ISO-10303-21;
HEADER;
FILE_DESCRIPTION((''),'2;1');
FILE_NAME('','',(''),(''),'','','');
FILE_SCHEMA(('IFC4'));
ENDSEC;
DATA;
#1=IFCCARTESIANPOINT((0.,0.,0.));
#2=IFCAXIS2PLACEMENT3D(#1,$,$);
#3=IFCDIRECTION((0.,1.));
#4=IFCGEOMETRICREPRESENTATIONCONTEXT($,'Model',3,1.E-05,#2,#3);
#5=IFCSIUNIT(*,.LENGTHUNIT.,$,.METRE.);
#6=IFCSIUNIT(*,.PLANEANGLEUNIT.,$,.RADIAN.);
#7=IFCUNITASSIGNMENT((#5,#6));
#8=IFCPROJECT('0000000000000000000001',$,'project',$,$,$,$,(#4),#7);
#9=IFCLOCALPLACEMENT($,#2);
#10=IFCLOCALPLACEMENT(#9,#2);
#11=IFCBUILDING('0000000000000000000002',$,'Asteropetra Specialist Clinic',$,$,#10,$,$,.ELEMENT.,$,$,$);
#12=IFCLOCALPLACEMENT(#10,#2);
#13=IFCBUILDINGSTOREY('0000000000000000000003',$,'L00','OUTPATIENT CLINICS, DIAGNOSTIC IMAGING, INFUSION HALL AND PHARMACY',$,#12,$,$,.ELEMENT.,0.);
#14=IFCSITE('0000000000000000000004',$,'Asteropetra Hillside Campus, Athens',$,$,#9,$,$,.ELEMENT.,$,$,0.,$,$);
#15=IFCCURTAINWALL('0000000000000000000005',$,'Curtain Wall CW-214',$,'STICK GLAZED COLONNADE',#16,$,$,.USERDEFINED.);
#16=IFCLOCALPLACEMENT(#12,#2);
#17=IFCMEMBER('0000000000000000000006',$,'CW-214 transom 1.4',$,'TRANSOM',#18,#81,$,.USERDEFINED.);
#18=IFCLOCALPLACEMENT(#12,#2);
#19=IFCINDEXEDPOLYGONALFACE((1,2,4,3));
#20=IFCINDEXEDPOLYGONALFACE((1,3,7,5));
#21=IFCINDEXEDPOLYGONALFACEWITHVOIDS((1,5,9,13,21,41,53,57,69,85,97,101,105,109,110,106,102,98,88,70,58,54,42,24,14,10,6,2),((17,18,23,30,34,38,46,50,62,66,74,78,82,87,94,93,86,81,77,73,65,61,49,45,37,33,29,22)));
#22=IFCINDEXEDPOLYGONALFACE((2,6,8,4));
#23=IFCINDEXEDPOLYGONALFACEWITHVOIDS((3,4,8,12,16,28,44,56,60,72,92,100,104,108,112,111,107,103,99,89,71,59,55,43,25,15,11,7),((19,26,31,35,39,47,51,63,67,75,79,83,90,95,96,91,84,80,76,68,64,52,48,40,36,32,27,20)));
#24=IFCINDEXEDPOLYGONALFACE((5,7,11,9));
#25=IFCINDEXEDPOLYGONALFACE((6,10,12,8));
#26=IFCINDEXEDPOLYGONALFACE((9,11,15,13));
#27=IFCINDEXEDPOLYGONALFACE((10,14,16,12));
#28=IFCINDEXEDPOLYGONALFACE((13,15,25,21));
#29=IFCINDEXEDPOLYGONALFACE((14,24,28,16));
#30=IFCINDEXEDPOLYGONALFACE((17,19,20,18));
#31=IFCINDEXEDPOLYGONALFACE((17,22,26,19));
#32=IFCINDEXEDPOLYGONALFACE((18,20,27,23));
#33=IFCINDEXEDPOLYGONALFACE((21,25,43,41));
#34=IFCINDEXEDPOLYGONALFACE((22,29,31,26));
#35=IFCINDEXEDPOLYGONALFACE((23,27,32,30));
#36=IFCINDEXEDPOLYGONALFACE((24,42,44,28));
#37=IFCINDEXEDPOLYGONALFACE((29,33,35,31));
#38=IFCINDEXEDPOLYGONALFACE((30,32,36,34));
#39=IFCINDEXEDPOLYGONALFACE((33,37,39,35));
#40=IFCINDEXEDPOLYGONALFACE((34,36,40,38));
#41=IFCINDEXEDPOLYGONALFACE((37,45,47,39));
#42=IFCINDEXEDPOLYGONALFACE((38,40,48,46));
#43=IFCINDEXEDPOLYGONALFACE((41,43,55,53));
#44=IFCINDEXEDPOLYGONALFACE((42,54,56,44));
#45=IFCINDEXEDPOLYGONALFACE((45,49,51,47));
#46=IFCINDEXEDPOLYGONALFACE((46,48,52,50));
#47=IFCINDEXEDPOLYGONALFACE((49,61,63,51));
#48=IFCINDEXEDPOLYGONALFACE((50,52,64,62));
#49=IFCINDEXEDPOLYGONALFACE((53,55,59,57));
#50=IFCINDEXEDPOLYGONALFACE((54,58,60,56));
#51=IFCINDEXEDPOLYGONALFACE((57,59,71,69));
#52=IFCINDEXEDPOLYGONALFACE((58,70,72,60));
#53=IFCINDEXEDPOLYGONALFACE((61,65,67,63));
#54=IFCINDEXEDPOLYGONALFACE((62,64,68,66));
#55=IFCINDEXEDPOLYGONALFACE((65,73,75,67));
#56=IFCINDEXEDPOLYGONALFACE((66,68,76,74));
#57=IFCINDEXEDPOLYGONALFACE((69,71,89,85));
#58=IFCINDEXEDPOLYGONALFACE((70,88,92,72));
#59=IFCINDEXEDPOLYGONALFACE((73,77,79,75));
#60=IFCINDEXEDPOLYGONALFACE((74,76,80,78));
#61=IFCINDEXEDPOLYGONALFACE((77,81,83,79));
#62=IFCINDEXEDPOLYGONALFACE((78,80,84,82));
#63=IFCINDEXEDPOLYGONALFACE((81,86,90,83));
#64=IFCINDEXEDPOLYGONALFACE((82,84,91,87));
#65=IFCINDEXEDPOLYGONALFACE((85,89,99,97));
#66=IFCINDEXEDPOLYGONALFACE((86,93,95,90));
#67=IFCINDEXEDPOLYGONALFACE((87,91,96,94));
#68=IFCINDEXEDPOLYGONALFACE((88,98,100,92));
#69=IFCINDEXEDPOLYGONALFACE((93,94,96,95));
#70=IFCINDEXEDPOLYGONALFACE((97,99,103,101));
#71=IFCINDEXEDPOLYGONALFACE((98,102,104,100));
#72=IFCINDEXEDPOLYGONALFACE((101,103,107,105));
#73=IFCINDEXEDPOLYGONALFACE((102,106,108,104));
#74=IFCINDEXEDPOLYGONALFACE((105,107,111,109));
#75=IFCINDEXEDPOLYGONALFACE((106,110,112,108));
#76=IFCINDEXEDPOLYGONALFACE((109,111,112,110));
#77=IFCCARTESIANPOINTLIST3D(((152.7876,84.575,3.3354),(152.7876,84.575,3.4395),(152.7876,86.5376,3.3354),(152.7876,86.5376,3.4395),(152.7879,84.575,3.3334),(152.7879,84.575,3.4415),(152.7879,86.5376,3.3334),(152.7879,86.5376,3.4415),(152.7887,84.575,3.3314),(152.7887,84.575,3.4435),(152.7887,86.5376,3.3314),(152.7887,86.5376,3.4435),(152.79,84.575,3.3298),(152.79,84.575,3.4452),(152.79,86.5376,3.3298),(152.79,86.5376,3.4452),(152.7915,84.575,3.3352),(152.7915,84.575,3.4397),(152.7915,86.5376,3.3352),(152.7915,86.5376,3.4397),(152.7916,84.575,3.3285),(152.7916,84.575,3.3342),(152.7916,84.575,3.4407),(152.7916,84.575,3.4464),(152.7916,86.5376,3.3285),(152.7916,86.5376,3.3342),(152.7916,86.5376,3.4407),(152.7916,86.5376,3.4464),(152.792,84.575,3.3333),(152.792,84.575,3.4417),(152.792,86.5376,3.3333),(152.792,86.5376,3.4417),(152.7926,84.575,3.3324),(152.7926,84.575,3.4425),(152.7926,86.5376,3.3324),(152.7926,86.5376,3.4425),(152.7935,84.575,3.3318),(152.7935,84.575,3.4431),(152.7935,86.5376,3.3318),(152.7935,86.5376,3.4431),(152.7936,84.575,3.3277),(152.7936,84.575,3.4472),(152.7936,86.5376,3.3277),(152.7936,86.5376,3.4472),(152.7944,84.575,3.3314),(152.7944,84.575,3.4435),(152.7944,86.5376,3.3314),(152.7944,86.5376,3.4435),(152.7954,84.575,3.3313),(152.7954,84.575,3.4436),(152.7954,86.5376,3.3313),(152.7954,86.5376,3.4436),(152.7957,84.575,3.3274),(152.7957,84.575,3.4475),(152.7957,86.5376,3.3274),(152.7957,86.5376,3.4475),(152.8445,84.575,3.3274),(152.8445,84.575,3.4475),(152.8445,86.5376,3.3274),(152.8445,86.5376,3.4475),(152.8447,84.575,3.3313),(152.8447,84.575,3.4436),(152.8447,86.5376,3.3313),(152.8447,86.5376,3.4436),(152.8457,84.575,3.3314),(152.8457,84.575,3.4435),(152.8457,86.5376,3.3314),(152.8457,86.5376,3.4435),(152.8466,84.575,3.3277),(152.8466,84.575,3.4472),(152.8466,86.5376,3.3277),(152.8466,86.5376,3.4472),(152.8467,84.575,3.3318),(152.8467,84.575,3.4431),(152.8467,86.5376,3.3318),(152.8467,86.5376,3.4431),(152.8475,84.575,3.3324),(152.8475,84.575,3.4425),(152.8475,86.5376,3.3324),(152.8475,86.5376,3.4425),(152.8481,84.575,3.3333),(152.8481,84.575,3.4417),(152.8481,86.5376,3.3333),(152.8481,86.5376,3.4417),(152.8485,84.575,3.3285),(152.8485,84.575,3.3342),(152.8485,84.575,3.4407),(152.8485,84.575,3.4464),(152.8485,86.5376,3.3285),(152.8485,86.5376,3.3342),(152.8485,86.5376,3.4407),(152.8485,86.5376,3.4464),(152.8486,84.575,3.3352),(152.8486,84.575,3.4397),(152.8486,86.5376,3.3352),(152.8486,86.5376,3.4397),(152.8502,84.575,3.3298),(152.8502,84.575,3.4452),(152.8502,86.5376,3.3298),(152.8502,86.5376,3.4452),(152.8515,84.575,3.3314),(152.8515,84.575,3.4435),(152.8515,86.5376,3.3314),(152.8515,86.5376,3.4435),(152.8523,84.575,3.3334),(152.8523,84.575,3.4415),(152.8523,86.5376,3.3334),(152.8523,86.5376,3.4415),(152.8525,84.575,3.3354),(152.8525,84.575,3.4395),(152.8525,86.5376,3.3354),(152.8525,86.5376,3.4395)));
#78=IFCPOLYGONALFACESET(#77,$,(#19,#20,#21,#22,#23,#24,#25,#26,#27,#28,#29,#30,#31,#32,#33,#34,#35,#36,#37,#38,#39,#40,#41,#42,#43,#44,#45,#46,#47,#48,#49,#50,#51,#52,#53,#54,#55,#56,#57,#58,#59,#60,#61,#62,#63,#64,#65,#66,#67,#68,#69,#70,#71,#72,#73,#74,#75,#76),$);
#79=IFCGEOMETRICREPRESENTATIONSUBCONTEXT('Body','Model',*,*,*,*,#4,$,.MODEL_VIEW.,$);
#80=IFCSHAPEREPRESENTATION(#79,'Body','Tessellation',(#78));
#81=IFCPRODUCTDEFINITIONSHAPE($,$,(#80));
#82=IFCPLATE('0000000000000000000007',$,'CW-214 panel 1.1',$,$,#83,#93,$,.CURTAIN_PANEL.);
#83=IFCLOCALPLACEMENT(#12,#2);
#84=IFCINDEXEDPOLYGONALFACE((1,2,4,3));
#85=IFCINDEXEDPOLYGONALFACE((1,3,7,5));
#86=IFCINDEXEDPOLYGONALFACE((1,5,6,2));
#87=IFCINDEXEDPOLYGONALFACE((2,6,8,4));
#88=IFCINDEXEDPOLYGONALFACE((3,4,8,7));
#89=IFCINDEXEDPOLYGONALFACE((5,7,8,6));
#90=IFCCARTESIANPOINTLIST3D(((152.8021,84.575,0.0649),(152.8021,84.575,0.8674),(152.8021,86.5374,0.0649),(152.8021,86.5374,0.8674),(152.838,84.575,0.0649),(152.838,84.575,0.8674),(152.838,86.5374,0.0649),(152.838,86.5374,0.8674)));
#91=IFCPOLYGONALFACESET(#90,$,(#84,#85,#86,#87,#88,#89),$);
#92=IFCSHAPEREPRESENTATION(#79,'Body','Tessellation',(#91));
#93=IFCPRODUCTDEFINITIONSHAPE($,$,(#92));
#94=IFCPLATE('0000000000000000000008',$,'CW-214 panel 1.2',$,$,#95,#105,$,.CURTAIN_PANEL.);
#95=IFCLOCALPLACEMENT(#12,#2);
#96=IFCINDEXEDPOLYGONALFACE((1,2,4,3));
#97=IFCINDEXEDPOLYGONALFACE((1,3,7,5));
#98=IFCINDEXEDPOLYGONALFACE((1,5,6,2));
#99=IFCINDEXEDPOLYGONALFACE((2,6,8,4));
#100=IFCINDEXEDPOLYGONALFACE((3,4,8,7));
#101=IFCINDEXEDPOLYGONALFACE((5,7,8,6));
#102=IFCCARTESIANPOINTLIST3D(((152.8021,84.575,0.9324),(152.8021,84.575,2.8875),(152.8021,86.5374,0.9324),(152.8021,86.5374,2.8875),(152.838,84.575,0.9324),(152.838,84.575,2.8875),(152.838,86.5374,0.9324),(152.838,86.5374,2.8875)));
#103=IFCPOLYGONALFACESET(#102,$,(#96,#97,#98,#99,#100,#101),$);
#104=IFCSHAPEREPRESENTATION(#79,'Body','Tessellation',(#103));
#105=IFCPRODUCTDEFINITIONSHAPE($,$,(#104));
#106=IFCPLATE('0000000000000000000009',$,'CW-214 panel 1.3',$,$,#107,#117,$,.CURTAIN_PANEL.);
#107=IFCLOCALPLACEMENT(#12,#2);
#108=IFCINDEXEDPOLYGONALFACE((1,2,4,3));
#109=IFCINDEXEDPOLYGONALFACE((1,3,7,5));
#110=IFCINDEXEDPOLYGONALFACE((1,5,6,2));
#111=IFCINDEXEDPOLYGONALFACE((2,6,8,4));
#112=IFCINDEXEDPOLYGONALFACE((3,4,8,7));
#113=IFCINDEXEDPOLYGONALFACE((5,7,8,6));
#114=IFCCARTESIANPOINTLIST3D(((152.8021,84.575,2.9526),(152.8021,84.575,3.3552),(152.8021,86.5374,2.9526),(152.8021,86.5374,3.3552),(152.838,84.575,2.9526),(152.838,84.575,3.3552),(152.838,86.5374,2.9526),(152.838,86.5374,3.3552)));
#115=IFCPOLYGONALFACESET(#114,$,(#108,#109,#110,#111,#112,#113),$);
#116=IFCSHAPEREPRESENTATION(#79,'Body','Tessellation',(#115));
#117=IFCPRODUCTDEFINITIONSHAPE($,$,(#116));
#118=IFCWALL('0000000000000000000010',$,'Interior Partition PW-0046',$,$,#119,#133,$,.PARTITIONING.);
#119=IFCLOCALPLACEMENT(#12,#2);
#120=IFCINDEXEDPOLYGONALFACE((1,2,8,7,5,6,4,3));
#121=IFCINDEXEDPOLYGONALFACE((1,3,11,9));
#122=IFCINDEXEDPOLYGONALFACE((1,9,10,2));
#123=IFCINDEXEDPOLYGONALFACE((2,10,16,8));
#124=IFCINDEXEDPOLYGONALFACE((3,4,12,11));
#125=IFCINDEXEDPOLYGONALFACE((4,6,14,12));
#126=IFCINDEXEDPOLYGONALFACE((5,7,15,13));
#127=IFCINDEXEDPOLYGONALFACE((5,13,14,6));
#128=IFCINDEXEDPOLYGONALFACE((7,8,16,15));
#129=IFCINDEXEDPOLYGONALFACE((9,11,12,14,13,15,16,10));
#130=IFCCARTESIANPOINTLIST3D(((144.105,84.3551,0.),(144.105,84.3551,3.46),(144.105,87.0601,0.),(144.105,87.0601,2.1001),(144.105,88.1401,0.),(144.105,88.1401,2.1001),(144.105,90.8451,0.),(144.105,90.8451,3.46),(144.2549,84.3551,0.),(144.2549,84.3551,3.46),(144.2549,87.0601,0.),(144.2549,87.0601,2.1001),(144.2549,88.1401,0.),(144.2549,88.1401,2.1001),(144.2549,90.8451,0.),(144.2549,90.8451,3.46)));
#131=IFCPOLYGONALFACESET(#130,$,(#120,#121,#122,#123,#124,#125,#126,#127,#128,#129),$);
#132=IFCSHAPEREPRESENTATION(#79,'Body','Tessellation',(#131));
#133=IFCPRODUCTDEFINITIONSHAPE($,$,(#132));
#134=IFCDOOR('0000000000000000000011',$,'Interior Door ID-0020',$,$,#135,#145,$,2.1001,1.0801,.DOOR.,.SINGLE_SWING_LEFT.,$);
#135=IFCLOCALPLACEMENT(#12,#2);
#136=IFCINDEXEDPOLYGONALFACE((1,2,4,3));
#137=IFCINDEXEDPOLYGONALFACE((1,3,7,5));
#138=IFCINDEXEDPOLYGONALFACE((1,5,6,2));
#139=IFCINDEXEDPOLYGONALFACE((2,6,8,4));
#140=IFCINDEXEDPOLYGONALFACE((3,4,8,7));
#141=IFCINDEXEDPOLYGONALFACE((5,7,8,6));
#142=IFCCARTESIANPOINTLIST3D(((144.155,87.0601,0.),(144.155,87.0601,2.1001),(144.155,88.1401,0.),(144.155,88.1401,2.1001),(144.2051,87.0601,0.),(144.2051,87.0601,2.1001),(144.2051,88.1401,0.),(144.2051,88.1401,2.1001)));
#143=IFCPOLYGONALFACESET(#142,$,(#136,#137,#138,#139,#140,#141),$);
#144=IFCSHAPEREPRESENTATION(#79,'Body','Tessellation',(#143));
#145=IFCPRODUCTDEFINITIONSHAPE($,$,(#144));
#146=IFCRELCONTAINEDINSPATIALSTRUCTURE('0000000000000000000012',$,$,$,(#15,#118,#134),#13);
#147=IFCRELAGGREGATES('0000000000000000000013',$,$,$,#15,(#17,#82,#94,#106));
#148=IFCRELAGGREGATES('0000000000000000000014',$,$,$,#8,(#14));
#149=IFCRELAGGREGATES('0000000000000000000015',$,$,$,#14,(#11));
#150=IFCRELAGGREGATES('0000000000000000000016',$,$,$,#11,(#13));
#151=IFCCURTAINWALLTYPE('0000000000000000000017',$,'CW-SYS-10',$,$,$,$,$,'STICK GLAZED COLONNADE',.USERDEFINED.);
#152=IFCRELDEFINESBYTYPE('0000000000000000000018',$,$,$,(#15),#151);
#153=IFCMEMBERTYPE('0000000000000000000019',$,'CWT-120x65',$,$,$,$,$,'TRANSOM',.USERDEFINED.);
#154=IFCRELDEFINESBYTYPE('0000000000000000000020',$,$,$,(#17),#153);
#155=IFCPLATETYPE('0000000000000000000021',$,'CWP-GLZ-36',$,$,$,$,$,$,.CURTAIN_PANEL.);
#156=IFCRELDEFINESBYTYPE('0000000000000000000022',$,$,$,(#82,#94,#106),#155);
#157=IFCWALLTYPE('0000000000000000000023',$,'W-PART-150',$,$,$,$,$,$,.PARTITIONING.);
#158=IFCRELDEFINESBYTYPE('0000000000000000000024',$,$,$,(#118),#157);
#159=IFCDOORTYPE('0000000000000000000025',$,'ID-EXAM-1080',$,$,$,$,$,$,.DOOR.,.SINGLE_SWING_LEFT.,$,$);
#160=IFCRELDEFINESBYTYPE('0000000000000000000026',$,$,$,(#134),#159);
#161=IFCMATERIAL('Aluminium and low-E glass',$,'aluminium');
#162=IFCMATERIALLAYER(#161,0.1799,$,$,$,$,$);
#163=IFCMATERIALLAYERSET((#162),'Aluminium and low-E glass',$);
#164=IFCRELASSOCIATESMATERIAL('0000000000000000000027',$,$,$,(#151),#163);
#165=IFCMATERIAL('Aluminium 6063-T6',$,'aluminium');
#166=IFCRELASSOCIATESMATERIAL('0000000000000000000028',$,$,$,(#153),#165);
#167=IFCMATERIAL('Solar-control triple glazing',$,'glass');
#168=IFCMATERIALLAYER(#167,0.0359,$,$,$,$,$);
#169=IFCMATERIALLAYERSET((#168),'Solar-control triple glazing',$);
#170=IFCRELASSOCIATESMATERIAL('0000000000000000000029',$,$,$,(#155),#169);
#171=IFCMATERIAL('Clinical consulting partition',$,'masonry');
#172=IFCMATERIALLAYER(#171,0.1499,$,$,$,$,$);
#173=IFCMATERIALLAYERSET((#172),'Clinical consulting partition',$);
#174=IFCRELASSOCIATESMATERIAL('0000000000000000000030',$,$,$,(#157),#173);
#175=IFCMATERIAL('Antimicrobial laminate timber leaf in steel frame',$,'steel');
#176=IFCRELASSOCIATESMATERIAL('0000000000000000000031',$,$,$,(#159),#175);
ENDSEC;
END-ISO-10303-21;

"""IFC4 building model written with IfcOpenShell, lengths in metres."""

from ifc_helpers import new_model, si_unit, direction, frame, frame_2d, origin, origin_2d, place, context, subcontext, project, spatial, rectangle, hollow_rectangle, extrude, material, layer, layer_set, material_profile, profile_set, type_object, element, fill, aggregate, save


model = new_model("IFC4")

# Units and contexts
model_context = context("Model", 3, precision=1e-05, world=origin(), true_north=direction((0.0, 1.0)))
body_context = subcontext(model_context, "Body", "Model", "MODEL_VIEW")
ifc_project = project(units=[si_unit("LENGTHUNIT", "METRE"), si_unit("PLANEANGLEUNIT", "RADIAN")], contexts=[model_context])

# Site, building, storey
site_placement = place(None, origin())
site = spatial("IfcSite", under=ifc_project, at=site_placement, Name="Asteropetra Hillside Campus, Athens", CompositionType="ELEMENT", RefElevation=0.0)
building_placement = place(site_placement, origin())
building = spatial("IfcBuilding", under=site, at=building_placement, Name="Asteropetra Specialist Clinic", CompositionType="ELEMENT")
storey_placement = place(building_placement, origin())
storey = spatial("IfcBuildingStorey", under=building, at=storey_placement, Name="L00", Description="OUTPATIENT CLINICS, DIAGNOSTIC IMAGING, INFUSION HALL AND PHARMACY", CompositionType="ELEMENT", Elevation=0.0)

# Curtain wall, member, plates
ifc_material_1 = material(Name="Aluminium and low-E glass", Category="aluminium")
ifc_layer_1 = layer(ifc_material_1, 0.1799)
ifc_layer_set_1 = layer_set([ifc_layer_1], Name="Aluminium and low-E glass")
curtain_wall_type = type_object("IfcCurtainWallType", Name="CW-SYS-10", ElementType="STICK GLAZED COLONNADE", PredefinedType="USERDEFINED", material=ifc_layer_set_1)
curtain_wall_placement = place(storey_placement, origin())
curtain_wall = element("IfcCurtainWall", 1, at=curtain_wall_placement, inside=storey, type_object=curtain_wall_type, Name="Curtain Wall CW-214", ObjectType="STICK GLAZED COLONNADE", PredefinedType="USERDEFINED")
ifc_material_2 = material(Name="Aluminium 6063-T6", Category="aluminium")
ifc_material_profile_1 = material_profile(ifc_material_2, hollow_rectangle(XDim=0.0649, YDim=0.1201, WallThickness=0.0039, InnerFilletRadius=0.0039, OuterFilletRadius=0.0081, at=origin_2d()), Name="TRN 120x65x4.0")
ifc_profile_set_1 = profile_set([ifc_material_profile_1], Name="Aluminium 6063-T6")
member_type_1 = type_object("IfcMemberType", Name="CWT-120x65", ElementType="TRANSOM", PredefinedType="USERDEFINED", material=ifc_profile_set_1)
member_1_placement = place(storey_placement, frame((152.8201, 84.575, 3.3875), z_axis=(0.0, 1.0, 0.0), x_axis=(-1.0, 0.0, 0.0)))
member_1 = element("IfcMember", 2, at=member_1_placement, type_object=member_type_1, Name="CW-214 transom 1.4", ObjectType="TRANSOM", PredefinedType="USERDEFINED", context=body_context, shape_type="SweptSolid", body=[
    extrude(hollow_rectangle(XDim=0.0649, YDim=0.1201, WallThickness=0.0039, InnerFilletRadius=0.0039, OuterFilletRadius=0.0081, at=origin_2d()), origin(), (0.0, 0.0, 1.0), 1.9626),
])
ifc_material_3 = material(Name="Solar-control triple glazing", Category="glass")
ifc_layer_2 = layer(ifc_material_3, 0.0359)
ifc_layer_set_2 = layer_set([ifc_layer_2], Name="Solar-control triple glazing")
plate_type = type_object("IfcPlateType", Name="CWP-GLZ-36", PredefinedType="CURTAIN_PANEL", material=ifc_layer_set_2)
plate_1_placement = place(storey_placement, frame((152.8201, 85.5562, 0.0649), z_axis=(0.0, 0.0, 1.0), x_axis=(0.0, 1.0, 0.0)))
plate_1 = element("IfcPlate", 3, at=plate_1_placement, type_object=plate_type, Name="CW-214 panel 1.1", PredefinedType="CURTAIN_PANEL", context=body_context, shape_type="SweptSolid", body=[
    extrude(rectangle(XDim=1.9624, YDim=0.0359, at=origin_2d()), origin(), (0.0, 0.0, 1.0), 0.8025),
])
plate_2_placement = place(storey_placement, frame((152.8201, 85.5562, 0.9324), z_axis=(0.0, 0.0, 1.0), x_axis=(0.0, 1.0, 0.0)))
plate_2 = element("IfcPlate", 4, at=plate_2_placement, type_object=plate_type, Name="CW-214 panel 1.2", PredefinedType="CURTAIN_PANEL", context=body_context, shape_type="SweptSolid", body=[
    extrude(rectangle(XDim=1.9624, YDim=0.0359, at=origin_2d()), origin(), (0.0, 0.0, 1.0), 1.9551),
])
plate_3_placement = place(storey_placement, frame((152.8201, 85.5562, 2.9526), z_axis=(0.0, 0.0, 1.0), x_axis=(0.0, 1.0, 0.0)))
plate_3 = element("IfcPlate", 5, at=plate_3_placement, type_object=plate_type, Name="CW-214 panel 1.3", PredefinedType="CURTAIN_PANEL", context=body_context, shape_type="SweptSolid", body=[
    extrude(rectangle(XDim=1.9624, YDim=0.0359, at=origin_2d()), origin(), (0.0, 0.0, 1.0), 0.4026),
])
aggregate(curtain_wall, [member_1, plate_1, plate_2, plate_3])

# Wall, opening, door
ifc_material_4 = material(Name="Clinical consulting partition", Category="masonry")
ifc_layer_3 = layer(ifc_material_4, 0.1499)
ifc_layer_set_3 = layer_set([ifc_layer_3], Name="Clinical consulting partition")
wall_type = type_object("IfcWallType", Name="W-PART-150", PredefinedType="PARTITIONING", material=ifc_layer_set_3)
wall_placement = place(storey_placement, frame((144.1799, 84.355, 0.0), z_axis=(0.0, 0.0, 1.0), x_axis=(0.0, 1.0, 0.0)))
wall = element("IfcWall", 6, at=wall_placement, inside=storey, type_object=wall_type, Name="Interior Partition PW-0046", PredefinedType="PARTITIONING", context=body_context, shape_type="SweptSolid", body=[
    extrude(rectangle(XDim=6.49, YDim=0.1499, at=frame_2d((3.2451, 0.0))), origin(), (0.0, 0.0, 1.0), 3.46),
])
opening_placement = place(wall_placement, frame((2.7051, 0.0, 0.0)))
opening = element("IfcOpeningElement", 7, at=opening_placement, cuts=wall, PredefinedType="OPENING", context=body_context, shape_type="SweptSolid", body=[
    extrude(rectangle(XDim=1.0801, YDim=2.1001, at=frame_2d((0.54, 1.05))), frame((0.0, 0.085, 0.0), z_axis=(0.0, -1.0, 0.0), x_axis=(1.0, 0.0, 0.0)), (0.0, 0.0, 1.0), 0.1699),
])
ifc_material_5 = material(Name="Antimicrobial laminate timber leaf in steel frame", Category="steel")
door_type = type_object("IfcDoorType", Name="ID-EXAM-1080", OperationType="SINGLE_SWING_LEFT", PredefinedType="DOOR", material=ifc_material_5)
door_placement = place(opening_placement, origin())
door = element("IfcDoor", 8, at=door_placement, inside=storey, type_object=door_type, Name="Interior Door ID-0020", OperationType="SINGLE_SWING_LEFT", OverallHeight=2.1001, OverallWidth=1.0801, PredefinedType="DOOR", context=body_context, shape_type="SweptSolid", body=[
    extrude(rectangle(XDim=1.0801, YDim=2.1001, at=frame_2d((0.54, 1.05))), frame((0.0, 0.0249, 0.0), z_axis=(0.0, -1.0, 0.0), x_axis=(1.0, 0.0, 0.0)), (0.0, 0.0, 1.0), 0.05),
])
fill(opening, door)

save(model, "model.ifc")
